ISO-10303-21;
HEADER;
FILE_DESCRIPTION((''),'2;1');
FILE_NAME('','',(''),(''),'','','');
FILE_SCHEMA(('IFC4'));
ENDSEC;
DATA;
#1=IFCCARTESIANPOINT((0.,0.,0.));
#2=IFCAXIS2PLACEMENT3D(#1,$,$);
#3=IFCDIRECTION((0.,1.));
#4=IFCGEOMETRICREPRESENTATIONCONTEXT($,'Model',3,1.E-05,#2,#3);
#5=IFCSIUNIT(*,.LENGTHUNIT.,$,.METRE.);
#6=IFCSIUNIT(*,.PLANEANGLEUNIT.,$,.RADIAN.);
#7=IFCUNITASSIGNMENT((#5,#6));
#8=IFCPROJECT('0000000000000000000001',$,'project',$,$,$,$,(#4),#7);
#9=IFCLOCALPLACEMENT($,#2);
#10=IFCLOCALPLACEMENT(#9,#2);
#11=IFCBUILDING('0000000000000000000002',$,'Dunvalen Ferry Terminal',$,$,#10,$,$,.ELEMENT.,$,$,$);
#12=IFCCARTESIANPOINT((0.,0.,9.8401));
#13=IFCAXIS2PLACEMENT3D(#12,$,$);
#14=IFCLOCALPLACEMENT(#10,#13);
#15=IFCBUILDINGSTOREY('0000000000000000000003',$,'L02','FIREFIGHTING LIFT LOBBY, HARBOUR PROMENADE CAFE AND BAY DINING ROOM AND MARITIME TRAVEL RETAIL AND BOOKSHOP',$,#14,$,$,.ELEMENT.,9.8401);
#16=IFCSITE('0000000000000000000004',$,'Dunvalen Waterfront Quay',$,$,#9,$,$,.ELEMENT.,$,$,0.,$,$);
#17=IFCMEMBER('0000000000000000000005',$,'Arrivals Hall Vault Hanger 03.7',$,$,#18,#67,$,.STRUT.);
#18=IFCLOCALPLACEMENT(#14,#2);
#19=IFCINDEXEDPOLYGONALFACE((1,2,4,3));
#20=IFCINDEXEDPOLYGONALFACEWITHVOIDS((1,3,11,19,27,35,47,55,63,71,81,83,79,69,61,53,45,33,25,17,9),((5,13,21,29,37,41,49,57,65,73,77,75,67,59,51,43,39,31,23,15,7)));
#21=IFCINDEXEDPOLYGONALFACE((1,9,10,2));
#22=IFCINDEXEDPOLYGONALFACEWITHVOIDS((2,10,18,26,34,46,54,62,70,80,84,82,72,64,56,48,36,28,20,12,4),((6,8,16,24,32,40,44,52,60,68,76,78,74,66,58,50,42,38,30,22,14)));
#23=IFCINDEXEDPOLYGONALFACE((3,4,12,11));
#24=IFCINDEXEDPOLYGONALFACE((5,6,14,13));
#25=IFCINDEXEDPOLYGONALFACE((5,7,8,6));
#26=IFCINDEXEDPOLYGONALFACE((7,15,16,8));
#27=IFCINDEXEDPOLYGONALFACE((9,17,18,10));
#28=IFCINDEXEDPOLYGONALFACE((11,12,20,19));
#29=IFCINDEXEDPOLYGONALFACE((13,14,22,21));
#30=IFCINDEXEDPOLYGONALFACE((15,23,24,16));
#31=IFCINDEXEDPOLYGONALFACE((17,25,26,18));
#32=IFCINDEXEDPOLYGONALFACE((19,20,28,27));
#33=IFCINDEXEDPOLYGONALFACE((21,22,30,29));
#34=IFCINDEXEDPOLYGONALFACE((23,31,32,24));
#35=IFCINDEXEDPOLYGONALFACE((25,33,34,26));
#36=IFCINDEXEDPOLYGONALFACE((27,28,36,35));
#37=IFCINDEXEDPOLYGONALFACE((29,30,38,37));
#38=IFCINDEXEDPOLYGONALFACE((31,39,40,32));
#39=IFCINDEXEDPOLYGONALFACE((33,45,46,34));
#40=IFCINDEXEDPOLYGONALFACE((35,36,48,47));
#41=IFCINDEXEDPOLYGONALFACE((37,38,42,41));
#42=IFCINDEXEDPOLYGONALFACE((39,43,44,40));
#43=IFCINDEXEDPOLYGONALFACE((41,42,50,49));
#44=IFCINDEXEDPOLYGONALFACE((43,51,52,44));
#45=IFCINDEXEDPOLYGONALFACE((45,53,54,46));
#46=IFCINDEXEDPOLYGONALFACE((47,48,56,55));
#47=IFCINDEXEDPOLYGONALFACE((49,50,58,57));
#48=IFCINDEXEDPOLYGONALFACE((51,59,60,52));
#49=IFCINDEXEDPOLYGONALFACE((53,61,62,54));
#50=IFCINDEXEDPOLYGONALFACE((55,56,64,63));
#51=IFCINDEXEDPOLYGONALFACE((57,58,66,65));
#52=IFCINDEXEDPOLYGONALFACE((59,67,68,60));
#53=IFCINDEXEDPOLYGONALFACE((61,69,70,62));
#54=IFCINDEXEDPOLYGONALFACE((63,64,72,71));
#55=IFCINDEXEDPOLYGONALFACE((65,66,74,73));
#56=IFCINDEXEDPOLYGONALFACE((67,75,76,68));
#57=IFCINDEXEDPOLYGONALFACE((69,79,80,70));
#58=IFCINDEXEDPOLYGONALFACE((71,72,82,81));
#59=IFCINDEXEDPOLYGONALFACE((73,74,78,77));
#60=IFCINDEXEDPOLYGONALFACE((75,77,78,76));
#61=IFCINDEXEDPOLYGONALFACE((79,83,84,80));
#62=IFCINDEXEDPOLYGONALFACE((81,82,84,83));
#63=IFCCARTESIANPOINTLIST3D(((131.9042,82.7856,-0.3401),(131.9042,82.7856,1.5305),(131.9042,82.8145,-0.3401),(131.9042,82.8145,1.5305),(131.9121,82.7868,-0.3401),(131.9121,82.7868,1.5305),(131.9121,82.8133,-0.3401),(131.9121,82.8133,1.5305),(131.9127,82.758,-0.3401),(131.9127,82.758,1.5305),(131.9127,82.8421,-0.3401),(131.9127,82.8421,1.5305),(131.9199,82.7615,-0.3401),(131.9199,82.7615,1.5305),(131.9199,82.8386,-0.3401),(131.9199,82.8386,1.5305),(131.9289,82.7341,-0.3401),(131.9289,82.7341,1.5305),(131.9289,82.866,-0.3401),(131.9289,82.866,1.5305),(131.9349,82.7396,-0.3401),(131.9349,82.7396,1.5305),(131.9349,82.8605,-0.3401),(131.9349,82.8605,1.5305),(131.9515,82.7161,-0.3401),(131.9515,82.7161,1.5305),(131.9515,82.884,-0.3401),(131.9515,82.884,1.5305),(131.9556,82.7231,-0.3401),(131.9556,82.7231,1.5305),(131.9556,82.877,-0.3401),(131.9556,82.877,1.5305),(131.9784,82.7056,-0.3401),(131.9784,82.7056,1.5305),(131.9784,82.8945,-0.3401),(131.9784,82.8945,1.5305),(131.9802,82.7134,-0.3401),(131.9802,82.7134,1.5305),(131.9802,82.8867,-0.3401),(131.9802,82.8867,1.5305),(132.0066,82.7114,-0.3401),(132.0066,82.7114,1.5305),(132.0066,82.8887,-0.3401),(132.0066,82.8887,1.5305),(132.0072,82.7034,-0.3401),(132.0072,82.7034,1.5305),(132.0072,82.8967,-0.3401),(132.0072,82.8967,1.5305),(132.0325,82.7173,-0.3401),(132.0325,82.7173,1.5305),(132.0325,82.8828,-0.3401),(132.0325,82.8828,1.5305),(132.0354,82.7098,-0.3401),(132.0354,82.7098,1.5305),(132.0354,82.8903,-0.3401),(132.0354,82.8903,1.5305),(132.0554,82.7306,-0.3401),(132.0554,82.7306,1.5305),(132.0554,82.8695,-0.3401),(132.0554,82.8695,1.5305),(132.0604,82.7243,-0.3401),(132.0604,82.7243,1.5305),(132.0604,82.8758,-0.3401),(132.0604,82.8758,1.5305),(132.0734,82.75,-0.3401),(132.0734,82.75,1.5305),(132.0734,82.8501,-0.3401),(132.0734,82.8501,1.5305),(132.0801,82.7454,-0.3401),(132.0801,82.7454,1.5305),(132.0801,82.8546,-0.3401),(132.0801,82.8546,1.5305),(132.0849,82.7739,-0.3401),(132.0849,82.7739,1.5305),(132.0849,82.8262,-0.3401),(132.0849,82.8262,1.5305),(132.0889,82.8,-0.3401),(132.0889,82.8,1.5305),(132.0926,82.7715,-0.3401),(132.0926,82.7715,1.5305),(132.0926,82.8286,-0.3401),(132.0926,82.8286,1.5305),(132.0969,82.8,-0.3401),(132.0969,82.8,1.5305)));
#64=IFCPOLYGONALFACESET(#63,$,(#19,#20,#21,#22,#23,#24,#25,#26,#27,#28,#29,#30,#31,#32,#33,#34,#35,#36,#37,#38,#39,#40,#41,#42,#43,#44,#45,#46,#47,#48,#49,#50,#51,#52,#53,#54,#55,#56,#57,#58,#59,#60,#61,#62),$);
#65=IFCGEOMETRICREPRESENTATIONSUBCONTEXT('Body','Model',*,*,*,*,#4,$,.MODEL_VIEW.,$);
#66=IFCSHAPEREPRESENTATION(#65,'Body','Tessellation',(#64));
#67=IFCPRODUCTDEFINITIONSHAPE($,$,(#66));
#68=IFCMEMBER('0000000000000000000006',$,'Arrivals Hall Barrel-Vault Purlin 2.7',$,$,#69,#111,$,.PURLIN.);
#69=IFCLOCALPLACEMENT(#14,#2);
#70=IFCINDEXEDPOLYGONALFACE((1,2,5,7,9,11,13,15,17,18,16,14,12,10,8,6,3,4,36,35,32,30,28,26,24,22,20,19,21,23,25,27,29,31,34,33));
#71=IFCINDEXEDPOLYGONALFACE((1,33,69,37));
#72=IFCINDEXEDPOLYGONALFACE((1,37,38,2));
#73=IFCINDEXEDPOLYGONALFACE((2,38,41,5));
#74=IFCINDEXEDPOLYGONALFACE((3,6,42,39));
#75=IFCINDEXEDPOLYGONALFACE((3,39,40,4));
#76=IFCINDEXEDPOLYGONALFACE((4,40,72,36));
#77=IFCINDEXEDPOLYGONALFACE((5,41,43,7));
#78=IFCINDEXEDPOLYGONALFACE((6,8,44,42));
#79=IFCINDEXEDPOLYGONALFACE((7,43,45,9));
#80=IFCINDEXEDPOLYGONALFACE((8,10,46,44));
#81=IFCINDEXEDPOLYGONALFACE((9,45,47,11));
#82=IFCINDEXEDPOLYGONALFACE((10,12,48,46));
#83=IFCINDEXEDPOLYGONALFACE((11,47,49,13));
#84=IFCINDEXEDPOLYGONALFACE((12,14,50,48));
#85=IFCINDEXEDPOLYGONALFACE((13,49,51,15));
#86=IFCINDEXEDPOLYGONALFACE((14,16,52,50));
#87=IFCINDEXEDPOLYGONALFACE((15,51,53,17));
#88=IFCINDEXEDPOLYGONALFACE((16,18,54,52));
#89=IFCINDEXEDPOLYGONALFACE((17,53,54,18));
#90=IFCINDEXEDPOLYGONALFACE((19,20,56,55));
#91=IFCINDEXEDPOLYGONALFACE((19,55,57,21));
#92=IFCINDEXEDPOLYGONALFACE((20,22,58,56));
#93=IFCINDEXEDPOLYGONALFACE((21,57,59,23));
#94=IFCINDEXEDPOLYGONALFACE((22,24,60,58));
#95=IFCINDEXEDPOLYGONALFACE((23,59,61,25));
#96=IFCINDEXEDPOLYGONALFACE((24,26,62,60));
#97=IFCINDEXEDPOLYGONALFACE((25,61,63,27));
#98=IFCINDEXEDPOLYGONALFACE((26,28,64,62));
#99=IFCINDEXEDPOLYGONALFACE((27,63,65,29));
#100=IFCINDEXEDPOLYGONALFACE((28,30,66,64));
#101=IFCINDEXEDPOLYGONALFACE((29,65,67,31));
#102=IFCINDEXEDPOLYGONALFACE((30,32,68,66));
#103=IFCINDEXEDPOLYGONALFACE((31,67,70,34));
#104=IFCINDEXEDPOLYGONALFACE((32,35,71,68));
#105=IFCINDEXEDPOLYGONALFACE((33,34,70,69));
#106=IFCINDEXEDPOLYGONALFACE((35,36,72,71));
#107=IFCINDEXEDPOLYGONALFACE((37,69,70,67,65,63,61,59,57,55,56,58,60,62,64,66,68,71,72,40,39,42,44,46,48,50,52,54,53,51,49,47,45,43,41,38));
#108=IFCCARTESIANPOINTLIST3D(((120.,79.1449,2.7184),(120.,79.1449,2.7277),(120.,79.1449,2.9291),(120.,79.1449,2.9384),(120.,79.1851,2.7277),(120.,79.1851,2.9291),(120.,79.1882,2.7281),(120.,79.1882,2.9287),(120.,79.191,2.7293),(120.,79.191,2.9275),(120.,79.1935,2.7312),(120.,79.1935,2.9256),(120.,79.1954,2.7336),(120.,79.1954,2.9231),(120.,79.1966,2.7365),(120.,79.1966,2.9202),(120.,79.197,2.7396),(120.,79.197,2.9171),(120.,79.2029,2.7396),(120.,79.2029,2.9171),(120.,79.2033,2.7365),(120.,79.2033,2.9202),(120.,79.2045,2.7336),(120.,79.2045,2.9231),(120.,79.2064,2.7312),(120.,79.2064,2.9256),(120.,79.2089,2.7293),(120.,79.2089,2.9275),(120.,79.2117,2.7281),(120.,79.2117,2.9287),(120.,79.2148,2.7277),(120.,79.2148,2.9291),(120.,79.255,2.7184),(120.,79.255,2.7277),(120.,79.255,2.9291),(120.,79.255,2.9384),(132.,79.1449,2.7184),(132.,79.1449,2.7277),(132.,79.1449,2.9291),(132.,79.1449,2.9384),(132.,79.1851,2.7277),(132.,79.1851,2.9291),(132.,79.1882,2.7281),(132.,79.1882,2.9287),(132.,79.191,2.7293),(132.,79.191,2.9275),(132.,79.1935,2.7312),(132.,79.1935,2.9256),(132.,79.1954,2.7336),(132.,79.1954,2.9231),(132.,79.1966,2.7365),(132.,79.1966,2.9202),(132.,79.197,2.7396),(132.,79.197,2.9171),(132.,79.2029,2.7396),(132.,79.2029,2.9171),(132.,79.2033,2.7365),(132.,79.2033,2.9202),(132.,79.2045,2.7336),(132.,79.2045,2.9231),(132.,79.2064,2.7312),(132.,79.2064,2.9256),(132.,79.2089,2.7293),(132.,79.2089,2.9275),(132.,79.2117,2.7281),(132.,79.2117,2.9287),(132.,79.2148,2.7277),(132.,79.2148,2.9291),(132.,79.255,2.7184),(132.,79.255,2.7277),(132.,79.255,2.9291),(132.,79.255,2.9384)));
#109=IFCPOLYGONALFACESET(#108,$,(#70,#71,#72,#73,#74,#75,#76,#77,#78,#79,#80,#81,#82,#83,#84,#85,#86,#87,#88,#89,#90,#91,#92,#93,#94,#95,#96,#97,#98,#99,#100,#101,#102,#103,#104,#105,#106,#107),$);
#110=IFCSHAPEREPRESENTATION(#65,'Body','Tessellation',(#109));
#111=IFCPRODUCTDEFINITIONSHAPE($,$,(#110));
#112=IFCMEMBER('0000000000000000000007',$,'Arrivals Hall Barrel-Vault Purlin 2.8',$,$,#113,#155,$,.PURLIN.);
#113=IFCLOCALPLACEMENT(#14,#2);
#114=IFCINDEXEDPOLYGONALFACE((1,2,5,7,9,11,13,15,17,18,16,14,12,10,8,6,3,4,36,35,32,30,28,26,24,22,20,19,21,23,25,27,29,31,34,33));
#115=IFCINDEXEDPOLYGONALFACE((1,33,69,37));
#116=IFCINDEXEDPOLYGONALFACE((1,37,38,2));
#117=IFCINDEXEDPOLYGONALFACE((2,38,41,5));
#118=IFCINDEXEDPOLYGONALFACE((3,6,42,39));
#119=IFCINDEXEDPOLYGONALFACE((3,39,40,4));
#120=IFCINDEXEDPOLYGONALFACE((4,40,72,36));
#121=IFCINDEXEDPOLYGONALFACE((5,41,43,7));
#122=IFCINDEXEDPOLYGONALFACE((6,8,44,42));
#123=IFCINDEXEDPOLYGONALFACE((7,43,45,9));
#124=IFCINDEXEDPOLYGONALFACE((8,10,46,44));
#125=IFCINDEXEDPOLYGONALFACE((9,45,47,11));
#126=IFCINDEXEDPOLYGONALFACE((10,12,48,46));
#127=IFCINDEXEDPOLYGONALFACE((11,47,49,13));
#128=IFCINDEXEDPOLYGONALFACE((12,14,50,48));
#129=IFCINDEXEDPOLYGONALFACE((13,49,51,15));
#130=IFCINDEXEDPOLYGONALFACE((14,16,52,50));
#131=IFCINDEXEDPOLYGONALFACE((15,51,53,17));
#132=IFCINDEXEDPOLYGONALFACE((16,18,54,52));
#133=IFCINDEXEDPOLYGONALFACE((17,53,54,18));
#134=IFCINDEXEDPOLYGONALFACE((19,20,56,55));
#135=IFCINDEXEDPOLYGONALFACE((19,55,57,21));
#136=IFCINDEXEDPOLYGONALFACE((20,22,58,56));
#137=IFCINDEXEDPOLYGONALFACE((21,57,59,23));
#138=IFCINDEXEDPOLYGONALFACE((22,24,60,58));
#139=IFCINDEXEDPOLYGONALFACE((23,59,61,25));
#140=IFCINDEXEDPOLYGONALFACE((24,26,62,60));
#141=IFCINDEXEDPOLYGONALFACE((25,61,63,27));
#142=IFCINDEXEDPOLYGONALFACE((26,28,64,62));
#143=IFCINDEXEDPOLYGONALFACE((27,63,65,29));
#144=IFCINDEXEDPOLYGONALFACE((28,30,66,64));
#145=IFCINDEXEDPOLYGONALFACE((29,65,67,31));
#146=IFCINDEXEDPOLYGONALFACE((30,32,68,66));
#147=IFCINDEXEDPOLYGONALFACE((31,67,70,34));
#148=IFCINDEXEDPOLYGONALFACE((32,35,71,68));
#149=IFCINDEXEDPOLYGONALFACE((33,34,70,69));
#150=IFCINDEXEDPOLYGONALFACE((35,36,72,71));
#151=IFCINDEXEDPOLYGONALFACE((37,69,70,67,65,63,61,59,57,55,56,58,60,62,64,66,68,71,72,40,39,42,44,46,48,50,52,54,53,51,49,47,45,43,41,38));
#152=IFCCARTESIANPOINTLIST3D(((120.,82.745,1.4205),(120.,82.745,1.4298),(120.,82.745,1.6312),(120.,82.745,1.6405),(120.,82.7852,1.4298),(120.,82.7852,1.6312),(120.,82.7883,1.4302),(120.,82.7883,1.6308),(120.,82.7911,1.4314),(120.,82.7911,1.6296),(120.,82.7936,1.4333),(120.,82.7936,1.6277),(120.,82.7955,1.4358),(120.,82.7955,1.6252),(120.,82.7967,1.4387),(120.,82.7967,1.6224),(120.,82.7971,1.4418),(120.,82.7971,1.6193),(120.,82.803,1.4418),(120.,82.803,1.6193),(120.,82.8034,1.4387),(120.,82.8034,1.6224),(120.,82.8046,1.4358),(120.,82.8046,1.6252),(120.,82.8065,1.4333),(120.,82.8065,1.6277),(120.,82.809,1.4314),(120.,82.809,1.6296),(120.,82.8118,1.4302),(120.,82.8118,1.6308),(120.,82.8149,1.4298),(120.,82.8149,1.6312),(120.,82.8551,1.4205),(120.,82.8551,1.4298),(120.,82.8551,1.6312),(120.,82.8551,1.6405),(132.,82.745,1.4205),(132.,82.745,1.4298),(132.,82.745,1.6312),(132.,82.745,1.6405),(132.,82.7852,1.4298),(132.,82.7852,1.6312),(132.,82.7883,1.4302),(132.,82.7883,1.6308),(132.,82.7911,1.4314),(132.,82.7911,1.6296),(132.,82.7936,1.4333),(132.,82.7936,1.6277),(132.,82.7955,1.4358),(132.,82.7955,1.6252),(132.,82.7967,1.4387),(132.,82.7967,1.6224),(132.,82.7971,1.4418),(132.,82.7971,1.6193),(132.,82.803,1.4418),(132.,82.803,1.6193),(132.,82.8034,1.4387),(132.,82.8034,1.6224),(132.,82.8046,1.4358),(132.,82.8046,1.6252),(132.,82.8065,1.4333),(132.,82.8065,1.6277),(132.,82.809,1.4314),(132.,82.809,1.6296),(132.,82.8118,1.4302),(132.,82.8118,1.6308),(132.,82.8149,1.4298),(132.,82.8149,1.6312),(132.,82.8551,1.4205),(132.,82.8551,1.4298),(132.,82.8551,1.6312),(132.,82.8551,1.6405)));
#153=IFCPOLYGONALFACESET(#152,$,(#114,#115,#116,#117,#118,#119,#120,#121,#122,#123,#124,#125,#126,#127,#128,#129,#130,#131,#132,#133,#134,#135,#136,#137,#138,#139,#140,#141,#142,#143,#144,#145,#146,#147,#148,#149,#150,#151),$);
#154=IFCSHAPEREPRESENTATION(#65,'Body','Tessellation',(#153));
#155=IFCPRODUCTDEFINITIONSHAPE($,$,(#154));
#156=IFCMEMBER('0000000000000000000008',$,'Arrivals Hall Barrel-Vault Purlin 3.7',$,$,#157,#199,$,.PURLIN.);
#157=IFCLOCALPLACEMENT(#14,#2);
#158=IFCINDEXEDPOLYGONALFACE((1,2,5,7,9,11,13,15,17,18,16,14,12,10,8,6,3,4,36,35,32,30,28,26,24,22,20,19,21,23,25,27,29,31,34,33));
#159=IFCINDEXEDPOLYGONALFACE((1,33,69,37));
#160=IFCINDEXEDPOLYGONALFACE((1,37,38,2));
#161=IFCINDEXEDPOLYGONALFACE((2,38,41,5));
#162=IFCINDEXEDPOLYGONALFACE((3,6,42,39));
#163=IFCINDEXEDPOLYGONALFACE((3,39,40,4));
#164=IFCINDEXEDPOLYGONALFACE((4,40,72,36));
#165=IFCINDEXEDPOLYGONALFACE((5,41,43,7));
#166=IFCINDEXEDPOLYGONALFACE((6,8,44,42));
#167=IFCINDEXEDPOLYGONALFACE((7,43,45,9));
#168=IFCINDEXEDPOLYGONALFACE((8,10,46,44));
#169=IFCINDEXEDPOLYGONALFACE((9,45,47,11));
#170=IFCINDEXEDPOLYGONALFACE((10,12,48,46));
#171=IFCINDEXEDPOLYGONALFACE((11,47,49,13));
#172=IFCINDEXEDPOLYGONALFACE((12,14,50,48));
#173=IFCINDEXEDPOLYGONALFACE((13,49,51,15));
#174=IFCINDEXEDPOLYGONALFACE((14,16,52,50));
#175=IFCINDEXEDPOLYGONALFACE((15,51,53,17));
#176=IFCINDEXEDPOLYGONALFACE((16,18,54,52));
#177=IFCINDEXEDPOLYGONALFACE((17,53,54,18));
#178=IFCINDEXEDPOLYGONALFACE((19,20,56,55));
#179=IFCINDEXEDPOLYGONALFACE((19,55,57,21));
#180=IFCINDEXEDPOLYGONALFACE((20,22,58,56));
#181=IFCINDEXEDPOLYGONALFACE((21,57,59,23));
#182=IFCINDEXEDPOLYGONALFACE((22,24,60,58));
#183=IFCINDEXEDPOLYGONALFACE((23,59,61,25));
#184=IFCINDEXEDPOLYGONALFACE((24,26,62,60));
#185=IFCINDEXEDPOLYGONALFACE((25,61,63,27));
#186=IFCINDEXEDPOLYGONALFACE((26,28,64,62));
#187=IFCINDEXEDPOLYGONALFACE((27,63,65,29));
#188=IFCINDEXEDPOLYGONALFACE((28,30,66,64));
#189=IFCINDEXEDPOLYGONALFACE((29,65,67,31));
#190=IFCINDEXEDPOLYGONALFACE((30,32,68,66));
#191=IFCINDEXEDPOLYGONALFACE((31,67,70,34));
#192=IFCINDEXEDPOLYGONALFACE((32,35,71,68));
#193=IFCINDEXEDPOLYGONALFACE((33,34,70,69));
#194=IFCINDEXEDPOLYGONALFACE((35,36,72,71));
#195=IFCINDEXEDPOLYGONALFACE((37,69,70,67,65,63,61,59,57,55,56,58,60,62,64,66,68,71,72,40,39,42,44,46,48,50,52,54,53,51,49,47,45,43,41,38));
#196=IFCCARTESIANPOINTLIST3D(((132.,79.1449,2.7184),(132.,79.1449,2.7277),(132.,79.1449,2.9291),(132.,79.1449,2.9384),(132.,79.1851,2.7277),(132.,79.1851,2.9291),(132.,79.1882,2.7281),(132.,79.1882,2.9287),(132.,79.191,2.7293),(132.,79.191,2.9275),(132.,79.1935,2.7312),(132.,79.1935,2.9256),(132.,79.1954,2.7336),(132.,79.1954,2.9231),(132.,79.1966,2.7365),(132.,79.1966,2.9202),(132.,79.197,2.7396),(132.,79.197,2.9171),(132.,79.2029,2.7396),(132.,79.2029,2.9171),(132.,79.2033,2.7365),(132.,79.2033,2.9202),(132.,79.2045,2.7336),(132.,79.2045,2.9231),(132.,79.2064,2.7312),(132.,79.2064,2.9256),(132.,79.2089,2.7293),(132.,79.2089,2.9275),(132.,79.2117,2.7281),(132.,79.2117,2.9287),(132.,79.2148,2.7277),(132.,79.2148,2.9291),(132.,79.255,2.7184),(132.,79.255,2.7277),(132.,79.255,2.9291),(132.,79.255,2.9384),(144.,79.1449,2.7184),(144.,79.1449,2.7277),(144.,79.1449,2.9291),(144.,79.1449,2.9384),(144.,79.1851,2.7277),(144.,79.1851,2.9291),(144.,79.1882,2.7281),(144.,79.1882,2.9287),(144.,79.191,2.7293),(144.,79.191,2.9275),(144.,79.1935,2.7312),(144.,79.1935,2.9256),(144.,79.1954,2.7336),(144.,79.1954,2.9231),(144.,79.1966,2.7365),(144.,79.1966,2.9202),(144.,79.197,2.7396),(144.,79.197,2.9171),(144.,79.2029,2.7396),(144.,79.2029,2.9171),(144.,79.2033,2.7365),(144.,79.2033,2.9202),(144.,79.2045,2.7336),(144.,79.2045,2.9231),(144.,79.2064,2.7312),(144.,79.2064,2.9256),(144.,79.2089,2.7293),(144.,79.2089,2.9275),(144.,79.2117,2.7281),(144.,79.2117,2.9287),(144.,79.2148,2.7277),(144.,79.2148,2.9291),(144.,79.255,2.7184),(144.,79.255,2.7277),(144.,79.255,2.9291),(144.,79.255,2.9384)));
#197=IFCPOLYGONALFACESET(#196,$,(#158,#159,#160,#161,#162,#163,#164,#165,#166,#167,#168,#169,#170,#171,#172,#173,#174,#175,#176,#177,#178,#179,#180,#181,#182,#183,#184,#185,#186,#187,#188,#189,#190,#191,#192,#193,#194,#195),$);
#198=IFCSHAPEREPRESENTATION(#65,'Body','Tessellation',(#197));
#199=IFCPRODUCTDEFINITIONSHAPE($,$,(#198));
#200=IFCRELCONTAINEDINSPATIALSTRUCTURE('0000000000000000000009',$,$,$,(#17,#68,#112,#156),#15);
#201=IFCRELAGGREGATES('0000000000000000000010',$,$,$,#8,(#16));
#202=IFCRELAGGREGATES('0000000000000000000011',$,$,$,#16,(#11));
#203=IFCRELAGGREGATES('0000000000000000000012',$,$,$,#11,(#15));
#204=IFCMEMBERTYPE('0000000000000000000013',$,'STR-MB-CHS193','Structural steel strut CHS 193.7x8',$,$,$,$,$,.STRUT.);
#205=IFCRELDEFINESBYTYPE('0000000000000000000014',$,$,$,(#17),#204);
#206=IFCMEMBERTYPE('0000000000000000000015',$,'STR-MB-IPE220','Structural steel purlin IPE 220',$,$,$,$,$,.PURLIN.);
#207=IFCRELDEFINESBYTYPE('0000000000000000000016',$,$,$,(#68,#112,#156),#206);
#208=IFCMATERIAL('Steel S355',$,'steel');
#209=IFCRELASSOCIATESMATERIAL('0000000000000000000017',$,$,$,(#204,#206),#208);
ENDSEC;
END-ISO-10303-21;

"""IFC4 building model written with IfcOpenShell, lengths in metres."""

from ifc_helpers import new_model, si_unit, direction, frame, origin, origin_2d, place, context, subcontext, project, spatial, hollow_circle, i_section, extrude, material, material_profile, profile_set, type_object, element, save


model = new_model("IFC4")

# Units and contexts
model_context = context("Model", 3, precision=1e-05, world=origin(), true_north=direction((0.0, 1.0)))
body_context = subcontext(model_context, "Body", "Model", "MODEL_VIEW")
ifc_project = project(units=[si_unit("LENGTHUNIT", "METRE"), si_unit("PLANEANGLEUNIT", "RADIAN")], contexts=[model_context])

# Site, building, storey
site_placement = place(None, origin())
site = spatial("IfcSite", under=ifc_project, at=site_placement, Name="Dunvalen Waterfront Quay", CompositionType="ELEMENT", RefElevation=0.0)
building_placement = place(site_placement, origin())
building = spatial("IfcBuilding", under=site, at=building_placement, Name="Dunvalen Ferry Terminal", CompositionType="ELEMENT")
storey_placement = place(building_placement, frame((0.0, 0.0, 9.8401)))
storey = spatial("IfcBuildingStorey", under=building, at=storey_placement, Name="L02", Description="FIREFIGHTING LIFT LOBBY, HARBOUR PROMENADE CAFE AND BAY DINING ROOM AND MARITIME TRAVEL RETAIL AND BOOKSHOP", CompositionType="ELEMENT", Elevation=9.8401)

# Shared definitions
ifc_material_1 = material(Name="Steel S355", Category="steel")

# Members
ifc_material_profile_1 = material_profile(ifc_material_1, hollow_circle(Radius=0.0969, WallThickness=0.0081, at=origin_2d()), Name="Steel S355")
ifc_profile_set_1 = profile_set([ifc_material_profile_1], Name="Steel S355")
member_type_1 = type_object("IfcMemberType", Name="STR-MB-CHS193", Description="Structural steel strut CHS 193.7x8", PredefinedType="STRUT", material=ifc_profile_set_1)
member_1_placement = place(storey_placement, frame((132.0, 82.8, -0.3401), z_axis=(0.0, 0.0, 1.0), x_axis=(1.0, 0.0, 0.0)))
element("IfcMember", 1, at=member_1_placement, inside=storey, type_object=member_type_1, Name="Arrivals Hall Vault Hanger 03.7", PredefinedType="STRUT", context=body_context, shape_type="SweptSolid", body=[
    extrude(hollow_circle(Radius=0.0969, WallThickness=0.0081, at=origin_2d()), origin(), (0.0, 0.0, 1.0), 1.8706),
])
ifc_material_profile_2 = material_profile(ifc_material_1, i_section(OverallWidth=0.1101, OverallDepth=0.22, WebThickness=0.0059, FlangeThickness=0.0093, FilletRadius=0.012, at=origin_2d()), Name="Steel S355")
ifc_profile_set_2 = profile_set([ifc_material_profile_2], Name="Steel S355")
member_type_2 = type_object("IfcMemberType", Name="STR-MB-IPE220", Description="Structural steel purlin IPE 220", PredefinedType="PURLIN", material=ifc_profile_set_2)
for number, where, z_axis, x_axis, name in (
    (2, (120.0, 79.2, 2.8284), (1.0, 0.0, 0.0), (0.0, 1.0, 0.0), "Arrivals Hall Barrel-Vault Purlin 2.7"),
    (3, (120.0, 82.8, 1.5305), (1.0, 0.0, 0.0), (0.0, 1.0, 0.0), "Arrivals Hall Barrel-Vault Purlin 2.8"),
    (4, (132.0, 79.2, 2.8284), (1.0, 0.0, 0.0), (0.0, 1.0, 0.0), "Arrivals Hall Barrel-Vault Purlin 3.7"),
):
    element("IfcMember", number, at=place(storey_placement, frame(where, z_axis=z_axis, x_axis=x_axis)), inside=storey, type_object=member_type_2, Name=name, PredefinedType="PURLIN", context=body_context, shape_type="SweptSolid", body=[
        extrude(i_section(OverallWidth=0.1101, OverallDepth=0.22, WebThickness=0.0059, FlangeThickness=0.0093, FilletRadius=0.012, at=origin_2d()), origin(), (0.0, 0.0, 1.0), 12.0),
    ])

save(model, "model.ifc")
